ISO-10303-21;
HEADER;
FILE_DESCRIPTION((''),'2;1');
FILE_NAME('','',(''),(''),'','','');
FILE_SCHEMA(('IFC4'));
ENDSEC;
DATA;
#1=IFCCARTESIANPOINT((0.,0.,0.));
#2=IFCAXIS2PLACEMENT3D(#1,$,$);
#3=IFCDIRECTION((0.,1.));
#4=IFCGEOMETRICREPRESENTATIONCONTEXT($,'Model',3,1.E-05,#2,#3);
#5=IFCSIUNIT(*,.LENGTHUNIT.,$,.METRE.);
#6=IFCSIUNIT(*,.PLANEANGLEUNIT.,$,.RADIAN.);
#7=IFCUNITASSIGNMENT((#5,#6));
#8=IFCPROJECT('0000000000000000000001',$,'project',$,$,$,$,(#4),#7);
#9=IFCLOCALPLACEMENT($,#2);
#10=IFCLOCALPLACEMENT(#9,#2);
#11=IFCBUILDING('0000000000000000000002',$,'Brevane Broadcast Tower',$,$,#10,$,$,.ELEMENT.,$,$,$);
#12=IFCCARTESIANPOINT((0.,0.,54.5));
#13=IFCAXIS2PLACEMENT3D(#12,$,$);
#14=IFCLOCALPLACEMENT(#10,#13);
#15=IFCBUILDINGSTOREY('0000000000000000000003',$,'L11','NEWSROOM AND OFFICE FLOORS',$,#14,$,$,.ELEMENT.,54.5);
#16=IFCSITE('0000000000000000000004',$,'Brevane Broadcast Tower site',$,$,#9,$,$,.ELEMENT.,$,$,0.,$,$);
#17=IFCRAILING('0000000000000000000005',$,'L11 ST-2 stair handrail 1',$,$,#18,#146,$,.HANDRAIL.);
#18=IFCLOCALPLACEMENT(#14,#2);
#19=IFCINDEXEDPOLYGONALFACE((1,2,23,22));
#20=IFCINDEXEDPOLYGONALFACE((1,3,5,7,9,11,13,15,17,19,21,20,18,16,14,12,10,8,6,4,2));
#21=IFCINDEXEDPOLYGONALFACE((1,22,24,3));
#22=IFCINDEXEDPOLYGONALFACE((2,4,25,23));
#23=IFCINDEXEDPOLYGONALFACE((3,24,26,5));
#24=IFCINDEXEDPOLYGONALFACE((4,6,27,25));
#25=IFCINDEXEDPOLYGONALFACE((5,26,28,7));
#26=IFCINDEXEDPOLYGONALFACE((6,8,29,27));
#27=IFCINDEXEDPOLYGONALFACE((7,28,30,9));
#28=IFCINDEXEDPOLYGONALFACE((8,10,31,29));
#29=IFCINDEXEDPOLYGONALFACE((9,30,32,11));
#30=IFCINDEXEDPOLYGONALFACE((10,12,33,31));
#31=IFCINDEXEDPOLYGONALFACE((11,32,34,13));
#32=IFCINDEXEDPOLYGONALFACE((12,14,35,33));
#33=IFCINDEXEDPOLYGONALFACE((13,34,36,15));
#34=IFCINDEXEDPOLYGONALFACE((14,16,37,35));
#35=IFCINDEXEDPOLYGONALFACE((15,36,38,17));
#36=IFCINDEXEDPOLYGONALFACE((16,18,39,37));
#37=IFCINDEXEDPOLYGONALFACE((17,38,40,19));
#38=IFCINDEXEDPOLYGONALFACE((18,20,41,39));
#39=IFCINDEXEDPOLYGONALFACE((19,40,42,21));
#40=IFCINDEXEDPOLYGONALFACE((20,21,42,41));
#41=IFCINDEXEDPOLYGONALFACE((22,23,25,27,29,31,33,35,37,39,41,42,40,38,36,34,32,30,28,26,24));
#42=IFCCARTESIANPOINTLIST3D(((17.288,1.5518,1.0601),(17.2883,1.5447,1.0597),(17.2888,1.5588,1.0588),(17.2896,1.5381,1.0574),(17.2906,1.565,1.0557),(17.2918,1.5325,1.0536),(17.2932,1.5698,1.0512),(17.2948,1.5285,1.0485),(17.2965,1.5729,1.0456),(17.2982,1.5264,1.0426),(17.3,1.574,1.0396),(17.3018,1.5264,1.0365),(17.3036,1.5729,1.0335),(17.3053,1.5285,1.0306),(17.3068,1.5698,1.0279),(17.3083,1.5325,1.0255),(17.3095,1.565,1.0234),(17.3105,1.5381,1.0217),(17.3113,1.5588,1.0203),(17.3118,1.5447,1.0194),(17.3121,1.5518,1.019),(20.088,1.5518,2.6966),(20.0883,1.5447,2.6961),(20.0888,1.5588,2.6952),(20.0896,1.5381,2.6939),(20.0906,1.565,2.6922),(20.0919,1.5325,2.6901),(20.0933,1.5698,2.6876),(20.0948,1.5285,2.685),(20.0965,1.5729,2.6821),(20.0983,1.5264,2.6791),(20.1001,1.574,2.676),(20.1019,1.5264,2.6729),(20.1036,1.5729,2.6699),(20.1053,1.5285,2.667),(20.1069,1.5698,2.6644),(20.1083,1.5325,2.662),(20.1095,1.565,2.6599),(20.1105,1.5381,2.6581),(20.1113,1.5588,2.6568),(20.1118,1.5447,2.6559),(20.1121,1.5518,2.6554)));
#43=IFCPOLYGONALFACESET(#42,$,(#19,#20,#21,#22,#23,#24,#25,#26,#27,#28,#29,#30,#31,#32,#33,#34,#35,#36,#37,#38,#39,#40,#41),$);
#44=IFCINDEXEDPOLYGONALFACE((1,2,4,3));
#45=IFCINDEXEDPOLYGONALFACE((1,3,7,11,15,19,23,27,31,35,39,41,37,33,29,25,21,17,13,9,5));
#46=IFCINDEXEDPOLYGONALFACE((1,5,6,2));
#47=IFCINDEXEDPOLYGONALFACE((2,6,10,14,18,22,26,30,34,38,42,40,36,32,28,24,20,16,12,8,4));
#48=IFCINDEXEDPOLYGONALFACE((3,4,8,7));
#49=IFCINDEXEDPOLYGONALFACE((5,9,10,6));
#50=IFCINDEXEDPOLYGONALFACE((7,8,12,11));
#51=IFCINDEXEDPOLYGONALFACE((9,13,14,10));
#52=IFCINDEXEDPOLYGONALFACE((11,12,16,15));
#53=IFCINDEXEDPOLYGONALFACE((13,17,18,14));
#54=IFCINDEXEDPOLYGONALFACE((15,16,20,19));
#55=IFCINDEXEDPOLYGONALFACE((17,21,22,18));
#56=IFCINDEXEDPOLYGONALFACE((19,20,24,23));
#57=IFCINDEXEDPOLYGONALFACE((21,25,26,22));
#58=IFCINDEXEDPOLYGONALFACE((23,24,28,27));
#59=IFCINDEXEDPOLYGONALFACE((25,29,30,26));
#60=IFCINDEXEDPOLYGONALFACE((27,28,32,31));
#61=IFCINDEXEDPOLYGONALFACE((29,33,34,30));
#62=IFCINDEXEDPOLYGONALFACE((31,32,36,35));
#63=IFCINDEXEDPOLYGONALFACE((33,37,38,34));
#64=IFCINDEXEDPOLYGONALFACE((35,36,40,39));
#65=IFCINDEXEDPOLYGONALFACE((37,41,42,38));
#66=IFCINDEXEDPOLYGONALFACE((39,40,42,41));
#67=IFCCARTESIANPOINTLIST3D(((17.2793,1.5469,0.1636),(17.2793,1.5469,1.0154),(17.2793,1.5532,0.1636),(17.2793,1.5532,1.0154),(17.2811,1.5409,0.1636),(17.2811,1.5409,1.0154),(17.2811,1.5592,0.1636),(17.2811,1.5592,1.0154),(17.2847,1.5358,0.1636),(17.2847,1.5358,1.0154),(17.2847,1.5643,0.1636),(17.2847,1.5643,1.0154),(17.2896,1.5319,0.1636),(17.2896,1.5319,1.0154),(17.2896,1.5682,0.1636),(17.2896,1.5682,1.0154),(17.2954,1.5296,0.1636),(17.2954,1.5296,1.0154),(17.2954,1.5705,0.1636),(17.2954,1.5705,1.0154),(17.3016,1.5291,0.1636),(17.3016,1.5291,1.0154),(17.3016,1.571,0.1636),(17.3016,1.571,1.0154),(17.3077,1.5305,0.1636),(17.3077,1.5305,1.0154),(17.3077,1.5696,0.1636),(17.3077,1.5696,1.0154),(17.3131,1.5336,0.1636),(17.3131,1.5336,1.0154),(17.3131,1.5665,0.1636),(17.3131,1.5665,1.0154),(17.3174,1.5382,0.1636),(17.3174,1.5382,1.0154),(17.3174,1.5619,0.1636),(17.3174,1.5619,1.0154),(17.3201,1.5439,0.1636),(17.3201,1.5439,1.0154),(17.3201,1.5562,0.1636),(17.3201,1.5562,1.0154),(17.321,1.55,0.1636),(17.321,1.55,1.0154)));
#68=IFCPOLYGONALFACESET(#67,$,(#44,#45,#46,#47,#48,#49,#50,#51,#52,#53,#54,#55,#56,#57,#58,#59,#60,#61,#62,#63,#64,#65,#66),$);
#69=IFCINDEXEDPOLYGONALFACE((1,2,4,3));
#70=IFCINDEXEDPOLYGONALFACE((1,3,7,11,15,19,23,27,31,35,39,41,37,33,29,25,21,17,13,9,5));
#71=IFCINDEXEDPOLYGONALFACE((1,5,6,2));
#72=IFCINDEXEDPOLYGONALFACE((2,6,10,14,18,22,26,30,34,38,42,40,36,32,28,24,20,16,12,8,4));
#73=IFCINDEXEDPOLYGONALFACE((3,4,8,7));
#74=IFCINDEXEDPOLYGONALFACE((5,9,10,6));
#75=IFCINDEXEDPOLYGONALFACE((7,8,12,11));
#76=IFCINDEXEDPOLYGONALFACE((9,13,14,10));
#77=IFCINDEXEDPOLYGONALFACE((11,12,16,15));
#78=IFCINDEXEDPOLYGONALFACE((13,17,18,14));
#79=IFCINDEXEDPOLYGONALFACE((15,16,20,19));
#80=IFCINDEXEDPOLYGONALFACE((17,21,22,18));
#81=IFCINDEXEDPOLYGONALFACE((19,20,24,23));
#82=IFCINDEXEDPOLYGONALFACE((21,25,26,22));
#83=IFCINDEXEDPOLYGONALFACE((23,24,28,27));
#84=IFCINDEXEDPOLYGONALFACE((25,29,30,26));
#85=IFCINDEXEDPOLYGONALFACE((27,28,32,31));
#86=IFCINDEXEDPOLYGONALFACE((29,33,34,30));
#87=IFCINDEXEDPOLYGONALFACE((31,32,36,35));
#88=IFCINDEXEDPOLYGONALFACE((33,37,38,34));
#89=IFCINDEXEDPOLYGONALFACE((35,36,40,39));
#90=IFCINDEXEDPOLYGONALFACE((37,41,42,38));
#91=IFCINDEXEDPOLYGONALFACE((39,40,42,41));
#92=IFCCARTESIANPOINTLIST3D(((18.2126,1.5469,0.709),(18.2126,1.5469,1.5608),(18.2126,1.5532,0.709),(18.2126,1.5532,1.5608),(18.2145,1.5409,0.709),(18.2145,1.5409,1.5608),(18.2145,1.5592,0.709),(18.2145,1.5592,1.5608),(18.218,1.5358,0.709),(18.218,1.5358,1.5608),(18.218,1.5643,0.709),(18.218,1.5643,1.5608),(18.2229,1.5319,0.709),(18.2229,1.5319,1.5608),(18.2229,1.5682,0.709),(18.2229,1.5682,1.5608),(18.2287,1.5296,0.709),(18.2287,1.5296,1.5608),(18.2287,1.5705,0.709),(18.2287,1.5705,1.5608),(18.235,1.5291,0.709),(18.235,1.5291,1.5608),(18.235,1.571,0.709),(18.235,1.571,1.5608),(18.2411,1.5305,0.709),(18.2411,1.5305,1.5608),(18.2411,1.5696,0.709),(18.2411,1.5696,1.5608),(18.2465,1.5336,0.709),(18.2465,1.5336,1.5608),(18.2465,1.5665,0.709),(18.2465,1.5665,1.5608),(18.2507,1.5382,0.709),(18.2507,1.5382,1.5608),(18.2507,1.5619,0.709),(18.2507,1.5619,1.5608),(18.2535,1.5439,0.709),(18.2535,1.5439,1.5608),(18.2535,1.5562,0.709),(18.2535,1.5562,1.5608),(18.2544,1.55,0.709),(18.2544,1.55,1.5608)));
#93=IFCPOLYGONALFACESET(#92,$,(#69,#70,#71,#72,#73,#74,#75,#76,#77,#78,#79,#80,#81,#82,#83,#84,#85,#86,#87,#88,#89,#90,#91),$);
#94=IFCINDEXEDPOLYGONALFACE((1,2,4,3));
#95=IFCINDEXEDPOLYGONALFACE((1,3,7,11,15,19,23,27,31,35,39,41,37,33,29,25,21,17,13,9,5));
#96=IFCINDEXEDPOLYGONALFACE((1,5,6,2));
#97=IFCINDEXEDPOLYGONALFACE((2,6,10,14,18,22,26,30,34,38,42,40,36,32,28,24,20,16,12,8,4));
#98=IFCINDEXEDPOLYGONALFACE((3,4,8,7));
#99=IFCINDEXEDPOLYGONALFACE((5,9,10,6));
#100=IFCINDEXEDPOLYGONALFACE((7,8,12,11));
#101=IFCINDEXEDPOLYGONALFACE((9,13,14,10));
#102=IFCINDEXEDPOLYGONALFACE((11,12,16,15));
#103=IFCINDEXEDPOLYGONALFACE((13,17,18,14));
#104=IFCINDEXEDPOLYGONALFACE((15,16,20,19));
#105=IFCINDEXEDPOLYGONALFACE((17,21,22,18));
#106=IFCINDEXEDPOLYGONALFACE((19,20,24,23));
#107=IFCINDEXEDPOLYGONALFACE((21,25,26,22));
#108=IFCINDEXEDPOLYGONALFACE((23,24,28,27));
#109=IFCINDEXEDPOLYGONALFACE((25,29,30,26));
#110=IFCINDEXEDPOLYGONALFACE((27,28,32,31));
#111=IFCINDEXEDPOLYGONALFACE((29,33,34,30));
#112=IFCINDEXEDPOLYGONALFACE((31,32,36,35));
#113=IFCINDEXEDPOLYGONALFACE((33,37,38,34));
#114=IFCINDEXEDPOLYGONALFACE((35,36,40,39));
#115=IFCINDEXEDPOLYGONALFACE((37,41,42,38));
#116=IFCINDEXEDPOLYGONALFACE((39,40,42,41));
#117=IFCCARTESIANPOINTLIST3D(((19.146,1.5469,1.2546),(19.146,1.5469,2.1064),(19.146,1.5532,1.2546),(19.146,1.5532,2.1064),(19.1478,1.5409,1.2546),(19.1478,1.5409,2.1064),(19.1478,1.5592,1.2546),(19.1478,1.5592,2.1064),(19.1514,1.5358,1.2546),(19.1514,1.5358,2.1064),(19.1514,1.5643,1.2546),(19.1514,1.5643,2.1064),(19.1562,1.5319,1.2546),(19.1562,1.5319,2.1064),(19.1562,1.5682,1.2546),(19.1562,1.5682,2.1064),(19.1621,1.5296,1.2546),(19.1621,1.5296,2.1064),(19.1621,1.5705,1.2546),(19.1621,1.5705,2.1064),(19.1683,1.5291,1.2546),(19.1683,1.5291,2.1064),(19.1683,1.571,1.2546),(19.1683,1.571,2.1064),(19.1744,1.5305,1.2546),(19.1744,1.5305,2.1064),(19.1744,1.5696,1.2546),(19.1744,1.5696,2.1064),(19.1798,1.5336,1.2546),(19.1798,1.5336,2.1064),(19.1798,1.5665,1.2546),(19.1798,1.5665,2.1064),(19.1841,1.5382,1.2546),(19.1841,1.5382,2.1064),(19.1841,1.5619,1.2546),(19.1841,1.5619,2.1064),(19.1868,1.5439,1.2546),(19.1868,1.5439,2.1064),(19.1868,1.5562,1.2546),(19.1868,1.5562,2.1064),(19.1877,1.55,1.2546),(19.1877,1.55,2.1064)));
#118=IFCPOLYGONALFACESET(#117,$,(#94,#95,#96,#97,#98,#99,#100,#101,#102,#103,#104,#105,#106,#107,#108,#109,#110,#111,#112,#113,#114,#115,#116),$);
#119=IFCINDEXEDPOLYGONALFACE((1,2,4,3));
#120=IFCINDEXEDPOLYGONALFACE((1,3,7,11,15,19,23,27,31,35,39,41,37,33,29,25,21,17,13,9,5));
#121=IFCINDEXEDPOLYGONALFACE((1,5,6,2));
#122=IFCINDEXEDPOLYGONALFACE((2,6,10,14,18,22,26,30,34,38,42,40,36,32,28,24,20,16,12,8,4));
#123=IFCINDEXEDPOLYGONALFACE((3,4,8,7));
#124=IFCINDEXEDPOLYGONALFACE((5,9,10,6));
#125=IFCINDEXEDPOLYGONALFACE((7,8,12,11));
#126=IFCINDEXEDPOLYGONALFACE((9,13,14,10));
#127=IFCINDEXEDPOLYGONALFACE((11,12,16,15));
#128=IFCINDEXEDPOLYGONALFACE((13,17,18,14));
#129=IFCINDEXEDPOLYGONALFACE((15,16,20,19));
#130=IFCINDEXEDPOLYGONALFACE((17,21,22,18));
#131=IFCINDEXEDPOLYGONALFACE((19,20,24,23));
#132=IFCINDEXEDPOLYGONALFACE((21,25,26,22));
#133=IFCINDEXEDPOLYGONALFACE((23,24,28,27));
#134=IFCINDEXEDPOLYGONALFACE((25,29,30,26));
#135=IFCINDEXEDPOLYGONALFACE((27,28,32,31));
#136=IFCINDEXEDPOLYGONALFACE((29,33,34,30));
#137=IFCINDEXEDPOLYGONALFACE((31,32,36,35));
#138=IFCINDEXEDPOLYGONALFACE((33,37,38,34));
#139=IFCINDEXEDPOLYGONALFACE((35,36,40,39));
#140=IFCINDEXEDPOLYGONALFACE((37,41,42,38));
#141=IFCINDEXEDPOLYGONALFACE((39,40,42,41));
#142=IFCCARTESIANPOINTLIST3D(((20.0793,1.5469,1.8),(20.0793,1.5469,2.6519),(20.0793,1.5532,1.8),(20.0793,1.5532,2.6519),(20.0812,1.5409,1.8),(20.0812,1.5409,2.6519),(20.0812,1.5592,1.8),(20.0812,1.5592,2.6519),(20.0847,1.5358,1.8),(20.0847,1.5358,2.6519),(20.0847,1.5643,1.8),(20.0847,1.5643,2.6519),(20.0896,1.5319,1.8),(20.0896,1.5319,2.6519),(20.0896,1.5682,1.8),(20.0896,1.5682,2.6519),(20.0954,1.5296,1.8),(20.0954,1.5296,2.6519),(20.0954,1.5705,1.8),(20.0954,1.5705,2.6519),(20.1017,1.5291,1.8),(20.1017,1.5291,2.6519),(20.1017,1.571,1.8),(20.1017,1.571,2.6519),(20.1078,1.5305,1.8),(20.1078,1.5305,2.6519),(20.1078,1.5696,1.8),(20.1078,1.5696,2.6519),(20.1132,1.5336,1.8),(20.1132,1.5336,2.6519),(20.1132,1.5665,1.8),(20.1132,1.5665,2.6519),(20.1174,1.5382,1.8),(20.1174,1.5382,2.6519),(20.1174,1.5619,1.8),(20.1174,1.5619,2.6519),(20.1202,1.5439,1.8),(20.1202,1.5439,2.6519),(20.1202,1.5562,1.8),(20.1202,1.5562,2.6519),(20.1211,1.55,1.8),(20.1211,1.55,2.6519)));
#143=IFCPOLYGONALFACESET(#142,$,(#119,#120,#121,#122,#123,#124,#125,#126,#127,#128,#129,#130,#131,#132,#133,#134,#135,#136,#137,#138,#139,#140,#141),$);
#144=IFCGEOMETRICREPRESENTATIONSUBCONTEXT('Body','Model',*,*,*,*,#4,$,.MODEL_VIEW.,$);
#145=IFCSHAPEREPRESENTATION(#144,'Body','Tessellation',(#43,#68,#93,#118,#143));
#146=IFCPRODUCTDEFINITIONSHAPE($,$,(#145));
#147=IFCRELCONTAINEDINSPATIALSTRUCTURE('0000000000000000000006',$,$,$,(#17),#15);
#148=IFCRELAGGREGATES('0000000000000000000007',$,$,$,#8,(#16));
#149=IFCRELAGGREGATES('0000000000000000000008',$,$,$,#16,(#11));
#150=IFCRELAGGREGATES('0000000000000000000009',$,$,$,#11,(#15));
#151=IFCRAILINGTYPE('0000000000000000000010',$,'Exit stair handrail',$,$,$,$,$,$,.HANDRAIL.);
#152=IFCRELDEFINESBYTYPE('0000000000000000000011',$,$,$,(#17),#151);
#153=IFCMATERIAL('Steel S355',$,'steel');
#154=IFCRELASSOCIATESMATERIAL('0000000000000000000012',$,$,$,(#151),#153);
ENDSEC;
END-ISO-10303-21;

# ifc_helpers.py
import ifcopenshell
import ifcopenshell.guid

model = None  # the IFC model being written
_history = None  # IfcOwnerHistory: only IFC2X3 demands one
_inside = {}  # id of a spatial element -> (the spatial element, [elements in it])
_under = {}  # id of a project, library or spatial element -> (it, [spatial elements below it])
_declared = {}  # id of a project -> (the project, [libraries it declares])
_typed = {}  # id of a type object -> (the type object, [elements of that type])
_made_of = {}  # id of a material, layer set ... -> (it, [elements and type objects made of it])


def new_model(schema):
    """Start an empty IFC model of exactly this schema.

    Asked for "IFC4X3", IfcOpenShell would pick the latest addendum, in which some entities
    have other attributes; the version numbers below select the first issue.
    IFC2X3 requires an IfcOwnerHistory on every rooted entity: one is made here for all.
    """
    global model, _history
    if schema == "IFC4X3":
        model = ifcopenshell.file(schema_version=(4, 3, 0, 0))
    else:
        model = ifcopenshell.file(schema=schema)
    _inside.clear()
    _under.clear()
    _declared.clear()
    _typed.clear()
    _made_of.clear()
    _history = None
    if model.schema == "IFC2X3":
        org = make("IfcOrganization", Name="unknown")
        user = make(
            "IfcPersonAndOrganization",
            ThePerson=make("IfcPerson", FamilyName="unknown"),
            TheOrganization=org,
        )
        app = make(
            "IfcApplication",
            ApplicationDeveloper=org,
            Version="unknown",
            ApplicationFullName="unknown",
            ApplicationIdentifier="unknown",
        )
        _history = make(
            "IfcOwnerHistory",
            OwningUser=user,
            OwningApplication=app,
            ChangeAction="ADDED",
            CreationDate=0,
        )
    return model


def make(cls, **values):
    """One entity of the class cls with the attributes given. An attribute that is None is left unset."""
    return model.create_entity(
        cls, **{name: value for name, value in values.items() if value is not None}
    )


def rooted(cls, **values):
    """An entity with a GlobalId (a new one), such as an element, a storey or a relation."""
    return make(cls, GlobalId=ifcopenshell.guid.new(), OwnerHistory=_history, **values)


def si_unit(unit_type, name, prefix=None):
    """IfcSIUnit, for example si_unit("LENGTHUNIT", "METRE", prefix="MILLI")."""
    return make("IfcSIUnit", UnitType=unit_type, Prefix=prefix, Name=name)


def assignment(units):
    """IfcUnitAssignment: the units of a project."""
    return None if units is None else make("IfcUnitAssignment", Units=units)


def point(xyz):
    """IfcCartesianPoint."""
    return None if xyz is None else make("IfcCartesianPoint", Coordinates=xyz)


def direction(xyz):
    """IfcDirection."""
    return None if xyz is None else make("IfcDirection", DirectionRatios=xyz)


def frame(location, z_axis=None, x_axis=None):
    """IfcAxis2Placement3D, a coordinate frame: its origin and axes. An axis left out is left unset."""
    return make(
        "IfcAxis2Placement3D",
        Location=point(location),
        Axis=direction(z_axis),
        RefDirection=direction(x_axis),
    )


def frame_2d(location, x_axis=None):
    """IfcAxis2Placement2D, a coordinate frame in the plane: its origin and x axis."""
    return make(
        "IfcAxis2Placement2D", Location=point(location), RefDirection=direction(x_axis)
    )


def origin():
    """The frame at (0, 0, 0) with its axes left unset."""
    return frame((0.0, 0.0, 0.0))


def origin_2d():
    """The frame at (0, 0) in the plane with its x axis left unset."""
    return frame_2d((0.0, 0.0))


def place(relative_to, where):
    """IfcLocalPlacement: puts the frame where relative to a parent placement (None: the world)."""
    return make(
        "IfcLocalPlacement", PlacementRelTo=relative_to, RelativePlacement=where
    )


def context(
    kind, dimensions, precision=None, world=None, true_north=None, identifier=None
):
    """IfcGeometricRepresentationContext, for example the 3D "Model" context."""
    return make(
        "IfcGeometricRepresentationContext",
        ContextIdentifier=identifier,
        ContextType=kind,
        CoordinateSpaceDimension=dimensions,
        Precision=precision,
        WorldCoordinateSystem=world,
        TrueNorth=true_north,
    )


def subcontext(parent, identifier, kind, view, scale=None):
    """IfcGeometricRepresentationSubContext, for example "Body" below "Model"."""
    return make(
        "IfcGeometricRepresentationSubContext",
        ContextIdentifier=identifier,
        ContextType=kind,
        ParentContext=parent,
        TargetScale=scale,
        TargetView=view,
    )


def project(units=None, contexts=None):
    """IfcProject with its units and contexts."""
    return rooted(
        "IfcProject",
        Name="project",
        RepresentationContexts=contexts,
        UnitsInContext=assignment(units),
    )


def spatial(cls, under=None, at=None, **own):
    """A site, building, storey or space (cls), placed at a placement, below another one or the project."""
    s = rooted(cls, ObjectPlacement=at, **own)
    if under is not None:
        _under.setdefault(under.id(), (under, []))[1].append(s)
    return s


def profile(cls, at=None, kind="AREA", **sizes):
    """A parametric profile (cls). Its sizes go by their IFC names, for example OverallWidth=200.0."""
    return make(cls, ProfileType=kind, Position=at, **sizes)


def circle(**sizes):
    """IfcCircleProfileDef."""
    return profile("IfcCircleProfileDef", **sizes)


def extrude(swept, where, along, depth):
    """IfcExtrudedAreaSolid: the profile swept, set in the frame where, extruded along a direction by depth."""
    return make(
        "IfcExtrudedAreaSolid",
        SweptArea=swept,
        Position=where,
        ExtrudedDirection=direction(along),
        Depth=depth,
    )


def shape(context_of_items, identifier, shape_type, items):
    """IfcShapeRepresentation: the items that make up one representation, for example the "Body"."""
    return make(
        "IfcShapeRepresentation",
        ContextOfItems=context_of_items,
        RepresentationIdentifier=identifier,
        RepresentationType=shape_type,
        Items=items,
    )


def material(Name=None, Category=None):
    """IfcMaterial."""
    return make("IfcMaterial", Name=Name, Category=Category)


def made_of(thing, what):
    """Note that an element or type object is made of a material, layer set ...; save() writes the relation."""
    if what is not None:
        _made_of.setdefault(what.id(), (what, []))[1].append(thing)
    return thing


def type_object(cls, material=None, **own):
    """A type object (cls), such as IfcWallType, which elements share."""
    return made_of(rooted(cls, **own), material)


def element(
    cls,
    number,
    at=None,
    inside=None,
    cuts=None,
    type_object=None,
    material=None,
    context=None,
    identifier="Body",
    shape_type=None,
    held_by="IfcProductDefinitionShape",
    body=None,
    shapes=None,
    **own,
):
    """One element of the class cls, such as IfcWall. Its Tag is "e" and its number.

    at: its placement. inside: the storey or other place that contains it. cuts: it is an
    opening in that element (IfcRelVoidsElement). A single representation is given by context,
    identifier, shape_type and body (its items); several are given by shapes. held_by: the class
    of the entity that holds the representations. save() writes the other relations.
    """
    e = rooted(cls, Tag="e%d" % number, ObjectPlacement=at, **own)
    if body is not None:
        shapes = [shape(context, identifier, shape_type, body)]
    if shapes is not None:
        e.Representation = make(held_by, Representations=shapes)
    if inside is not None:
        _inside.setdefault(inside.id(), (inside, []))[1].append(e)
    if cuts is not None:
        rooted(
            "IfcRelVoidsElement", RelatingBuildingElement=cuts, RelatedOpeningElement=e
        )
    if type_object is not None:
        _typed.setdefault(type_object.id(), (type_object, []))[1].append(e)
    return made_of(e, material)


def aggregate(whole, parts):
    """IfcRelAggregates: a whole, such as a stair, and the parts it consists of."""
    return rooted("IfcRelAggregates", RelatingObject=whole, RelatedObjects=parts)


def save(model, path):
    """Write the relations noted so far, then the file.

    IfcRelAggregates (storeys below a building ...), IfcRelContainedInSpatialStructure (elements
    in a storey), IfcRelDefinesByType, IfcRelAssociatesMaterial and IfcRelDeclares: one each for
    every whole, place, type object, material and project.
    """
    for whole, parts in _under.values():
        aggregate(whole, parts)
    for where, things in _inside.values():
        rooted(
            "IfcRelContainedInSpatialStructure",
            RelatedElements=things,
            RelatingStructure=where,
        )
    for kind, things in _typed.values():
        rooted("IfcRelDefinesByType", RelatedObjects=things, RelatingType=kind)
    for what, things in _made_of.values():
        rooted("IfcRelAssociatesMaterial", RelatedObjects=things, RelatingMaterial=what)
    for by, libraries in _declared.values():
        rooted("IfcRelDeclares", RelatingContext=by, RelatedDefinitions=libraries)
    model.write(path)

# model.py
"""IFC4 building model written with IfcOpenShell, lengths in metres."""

from ifc_helpers import new_model, si_unit, direction, frame, origin, origin_2d, place, context, subcontext, project, spatial, circle, extrude, material, type_object, element, save


model = new_model("IFC4")

# Units and contexts
model_context = context("Model", 3, precision=1e-05, world=origin(), true_north=direction((0.0, 1.0)))
body_context = subcontext(model_context, "Body", "Model", "MODEL_VIEW")
ifc_project = project(units=[si_unit("LENGTHUNIT", "METRE"), si_unit("PLANEANGLEUNIT", "RADIAN")], contexts=[model_context])

# Site, building, storey
site_placement = place(None, origin())
site = spatial("IfcSite", under=ifc_project, at=site_placement, Name="Brevane Broadcast Tower site", CompositionType="ELEMENT", RefElevation=0.0)
building_placement = place(site_placement, origin())
building = spatial("IfcBuilding", under=site, at=building_placement, Name="Brevane Broadcast Tower", CompositionType="ELEMENT")
storey_placement = place(building_placement, frame((0.0, 0.0, 54.5)))
storey = spatial("IfcBuildingStorey", under=building, at=storey_placement, Name="L11", Description="NEWSROOM AND OFFICE FLOORS", CompositionType="ELEMENT", Elevation=54.5)

# Railing
ifc_material_1 = material(Name="Steel S355", Category="steel")
railing_type_1 = type_object("IfcRailingType", Name="Exit stair handrail", PredefinedType="HANDRAIL", material=ifc_material_1)
railing_1_placement = place(storey_placement, frame((17.3, 1.55, 0.1636)))
element("IfcRailing", 1, at=railing_1_placement, inside=storey, type_object=railing_type_1, Name="L11 ST-2 stair handrail 1", PredefinedType="HANDRAIL", context=body_context, shape_type="SweptSolid", body=[
    extrude(circle(Radius=0.0239, at=origin_2d()), frame((0.0, 0.0, 0.876), z_axis=(0.863361, 0.0, 0.504587), x_axis=(0.0, 1.0, 0.0)), (0.0, 0.0, 1.0), 3.2432),
    extrude(circle(Radius=0.021, at=origin_2d()), origin(), (0.0, 0.0, 1.0), 0.8518),
    extrude(circle(Radius=0.021, at=origin_2d()), frame((0.9333, 0.0, 0.5454)), (0.0, 0.0, 1.0), 0.8518),
    extrude(circle(Radius=0.021, at=origin_2d()), frame((1.8667, 0.0, 1.0911)), (0.0, 0.0, 1.0), 0.8518),
    extrude(circle(Radius=0.021, at=origin_2d()), frame((2.8, 0.0, 1.6365)), (0.0, 0.0, 1.0), 0.8518),
])

save(model, "model.ifc")
